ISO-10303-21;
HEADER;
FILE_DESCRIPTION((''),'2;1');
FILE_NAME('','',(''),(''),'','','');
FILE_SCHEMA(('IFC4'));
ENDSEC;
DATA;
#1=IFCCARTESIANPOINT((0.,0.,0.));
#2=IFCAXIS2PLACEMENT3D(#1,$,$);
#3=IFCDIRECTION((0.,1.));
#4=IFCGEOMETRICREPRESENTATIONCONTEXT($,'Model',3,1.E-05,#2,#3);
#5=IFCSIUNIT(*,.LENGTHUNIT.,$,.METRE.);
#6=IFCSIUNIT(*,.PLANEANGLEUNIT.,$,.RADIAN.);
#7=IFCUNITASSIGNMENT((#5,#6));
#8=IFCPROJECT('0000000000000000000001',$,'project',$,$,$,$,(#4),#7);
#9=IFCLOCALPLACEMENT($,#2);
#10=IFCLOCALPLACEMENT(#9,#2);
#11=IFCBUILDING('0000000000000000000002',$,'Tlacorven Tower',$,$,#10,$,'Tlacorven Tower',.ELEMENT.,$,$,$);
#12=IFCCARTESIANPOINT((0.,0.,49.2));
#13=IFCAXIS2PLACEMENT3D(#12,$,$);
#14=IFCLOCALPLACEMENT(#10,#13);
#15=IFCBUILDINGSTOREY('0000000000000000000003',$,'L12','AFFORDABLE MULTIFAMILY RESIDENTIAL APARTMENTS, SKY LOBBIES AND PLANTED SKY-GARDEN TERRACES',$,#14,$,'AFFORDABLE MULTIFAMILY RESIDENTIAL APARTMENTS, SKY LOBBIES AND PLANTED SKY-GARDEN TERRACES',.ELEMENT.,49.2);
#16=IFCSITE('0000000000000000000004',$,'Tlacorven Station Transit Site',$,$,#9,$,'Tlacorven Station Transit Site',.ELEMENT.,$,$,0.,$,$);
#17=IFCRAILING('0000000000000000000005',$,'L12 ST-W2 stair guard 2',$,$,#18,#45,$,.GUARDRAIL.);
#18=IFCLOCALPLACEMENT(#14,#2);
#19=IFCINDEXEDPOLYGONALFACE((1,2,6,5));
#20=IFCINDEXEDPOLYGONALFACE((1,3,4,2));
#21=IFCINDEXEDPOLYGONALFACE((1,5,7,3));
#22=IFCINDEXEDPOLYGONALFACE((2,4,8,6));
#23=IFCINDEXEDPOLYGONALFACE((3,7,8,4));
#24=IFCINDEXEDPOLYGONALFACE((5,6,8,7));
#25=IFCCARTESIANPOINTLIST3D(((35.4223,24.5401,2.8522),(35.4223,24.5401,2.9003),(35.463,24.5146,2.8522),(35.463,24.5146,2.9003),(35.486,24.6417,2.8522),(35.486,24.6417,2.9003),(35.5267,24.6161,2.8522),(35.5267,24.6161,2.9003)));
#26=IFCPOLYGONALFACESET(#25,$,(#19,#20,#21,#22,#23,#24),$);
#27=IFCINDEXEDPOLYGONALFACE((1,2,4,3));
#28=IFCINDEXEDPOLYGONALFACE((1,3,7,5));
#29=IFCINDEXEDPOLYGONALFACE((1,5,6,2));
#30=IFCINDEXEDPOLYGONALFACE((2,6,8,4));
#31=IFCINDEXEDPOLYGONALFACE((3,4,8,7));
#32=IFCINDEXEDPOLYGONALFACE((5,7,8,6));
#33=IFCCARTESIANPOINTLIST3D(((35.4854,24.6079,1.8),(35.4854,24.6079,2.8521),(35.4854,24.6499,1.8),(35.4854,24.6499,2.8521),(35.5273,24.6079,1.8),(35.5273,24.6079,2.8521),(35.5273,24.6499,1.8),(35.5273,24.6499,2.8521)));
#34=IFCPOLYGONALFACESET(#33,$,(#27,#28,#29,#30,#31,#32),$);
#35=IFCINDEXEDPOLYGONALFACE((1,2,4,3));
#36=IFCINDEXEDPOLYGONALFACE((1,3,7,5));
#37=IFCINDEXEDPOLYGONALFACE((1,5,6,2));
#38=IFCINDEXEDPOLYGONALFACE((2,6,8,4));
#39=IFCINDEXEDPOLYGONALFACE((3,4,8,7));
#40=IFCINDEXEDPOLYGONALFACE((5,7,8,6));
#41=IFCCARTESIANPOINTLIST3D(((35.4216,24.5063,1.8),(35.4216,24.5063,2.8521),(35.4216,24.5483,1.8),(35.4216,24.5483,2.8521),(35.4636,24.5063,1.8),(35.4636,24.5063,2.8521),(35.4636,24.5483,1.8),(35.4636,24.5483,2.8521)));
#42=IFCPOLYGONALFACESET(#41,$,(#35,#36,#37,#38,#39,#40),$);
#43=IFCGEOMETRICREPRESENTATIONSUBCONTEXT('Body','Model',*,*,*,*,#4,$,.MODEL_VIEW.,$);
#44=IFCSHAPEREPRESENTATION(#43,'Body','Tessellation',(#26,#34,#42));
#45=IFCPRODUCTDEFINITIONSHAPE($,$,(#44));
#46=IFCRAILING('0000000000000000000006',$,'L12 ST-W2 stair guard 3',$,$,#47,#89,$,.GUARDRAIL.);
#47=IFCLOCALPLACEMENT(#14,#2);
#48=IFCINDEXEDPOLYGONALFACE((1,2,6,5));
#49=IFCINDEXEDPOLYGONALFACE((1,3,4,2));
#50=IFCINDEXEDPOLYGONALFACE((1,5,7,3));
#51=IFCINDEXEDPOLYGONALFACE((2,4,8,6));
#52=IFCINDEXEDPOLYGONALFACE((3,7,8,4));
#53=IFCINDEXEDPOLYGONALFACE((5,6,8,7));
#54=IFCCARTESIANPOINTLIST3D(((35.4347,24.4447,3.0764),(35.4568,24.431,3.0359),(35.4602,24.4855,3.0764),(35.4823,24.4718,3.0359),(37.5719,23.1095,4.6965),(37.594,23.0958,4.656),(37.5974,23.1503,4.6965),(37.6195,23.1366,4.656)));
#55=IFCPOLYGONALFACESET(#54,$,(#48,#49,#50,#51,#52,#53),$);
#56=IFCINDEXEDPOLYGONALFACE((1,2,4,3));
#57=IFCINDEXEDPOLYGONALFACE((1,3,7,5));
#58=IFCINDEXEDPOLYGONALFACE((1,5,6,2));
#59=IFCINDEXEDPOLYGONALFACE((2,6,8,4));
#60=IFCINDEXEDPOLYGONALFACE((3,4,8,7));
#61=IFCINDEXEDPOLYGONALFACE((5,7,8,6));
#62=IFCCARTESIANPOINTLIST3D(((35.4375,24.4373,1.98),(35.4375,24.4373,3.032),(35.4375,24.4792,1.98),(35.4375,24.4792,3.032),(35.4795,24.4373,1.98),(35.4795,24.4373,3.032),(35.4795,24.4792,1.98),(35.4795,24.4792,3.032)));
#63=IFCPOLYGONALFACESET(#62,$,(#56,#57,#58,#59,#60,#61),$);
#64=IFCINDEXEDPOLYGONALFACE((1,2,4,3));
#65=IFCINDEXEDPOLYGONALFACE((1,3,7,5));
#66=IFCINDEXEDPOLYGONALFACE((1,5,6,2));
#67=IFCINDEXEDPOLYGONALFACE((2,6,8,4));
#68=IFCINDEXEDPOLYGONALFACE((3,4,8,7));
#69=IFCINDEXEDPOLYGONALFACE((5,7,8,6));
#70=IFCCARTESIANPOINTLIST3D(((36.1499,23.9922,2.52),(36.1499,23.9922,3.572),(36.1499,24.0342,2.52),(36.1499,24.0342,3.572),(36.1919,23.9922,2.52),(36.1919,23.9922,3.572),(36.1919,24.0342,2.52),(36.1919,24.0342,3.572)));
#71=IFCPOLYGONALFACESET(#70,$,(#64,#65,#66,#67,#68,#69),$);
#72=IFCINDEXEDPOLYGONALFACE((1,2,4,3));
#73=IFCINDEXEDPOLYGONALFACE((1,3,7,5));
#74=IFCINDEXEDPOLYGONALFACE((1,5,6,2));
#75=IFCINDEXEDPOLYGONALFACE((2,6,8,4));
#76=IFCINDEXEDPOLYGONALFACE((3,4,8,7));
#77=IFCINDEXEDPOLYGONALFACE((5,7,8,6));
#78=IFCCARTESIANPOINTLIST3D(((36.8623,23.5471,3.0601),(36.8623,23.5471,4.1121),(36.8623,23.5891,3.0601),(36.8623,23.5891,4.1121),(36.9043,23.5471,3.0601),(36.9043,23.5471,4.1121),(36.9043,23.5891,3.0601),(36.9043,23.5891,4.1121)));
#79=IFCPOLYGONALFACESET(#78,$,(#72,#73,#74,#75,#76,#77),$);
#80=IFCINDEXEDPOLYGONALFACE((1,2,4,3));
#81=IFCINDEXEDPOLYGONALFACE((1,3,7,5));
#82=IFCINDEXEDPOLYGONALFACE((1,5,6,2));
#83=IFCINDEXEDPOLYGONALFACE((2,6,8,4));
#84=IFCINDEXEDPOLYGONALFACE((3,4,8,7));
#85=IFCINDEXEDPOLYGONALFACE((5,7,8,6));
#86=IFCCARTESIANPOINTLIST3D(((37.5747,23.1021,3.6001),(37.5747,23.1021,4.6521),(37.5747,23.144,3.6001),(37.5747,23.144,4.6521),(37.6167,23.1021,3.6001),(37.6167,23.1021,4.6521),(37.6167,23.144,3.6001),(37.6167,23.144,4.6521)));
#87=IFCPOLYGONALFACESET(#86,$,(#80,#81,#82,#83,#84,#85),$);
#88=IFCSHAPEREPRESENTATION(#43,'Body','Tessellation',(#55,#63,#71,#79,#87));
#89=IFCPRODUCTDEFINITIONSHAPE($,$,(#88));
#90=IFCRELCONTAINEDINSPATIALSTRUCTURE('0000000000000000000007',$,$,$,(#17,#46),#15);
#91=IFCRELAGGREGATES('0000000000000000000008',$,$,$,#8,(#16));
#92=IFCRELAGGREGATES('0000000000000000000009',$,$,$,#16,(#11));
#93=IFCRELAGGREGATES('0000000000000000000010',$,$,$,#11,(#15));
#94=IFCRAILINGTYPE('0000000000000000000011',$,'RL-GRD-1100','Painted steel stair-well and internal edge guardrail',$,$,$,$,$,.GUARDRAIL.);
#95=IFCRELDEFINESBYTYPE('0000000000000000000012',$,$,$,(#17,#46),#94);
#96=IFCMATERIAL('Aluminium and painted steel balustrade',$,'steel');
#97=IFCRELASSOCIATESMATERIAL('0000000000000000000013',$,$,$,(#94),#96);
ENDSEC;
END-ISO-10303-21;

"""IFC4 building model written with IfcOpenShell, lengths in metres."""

from ifc_helpers import new_model, si_unit, direction, frame, origin, origin_2d, place, context, subcontext, project, spatial, rectangle, extrude, source, transform, mapped, material, type_object, element, save


model = new_model("IFC4")

# Units and contexts
model_context = context("Model", 3, precision=1e-05, world=origin(), true_north=direction((0.0, 1.0)))
body_context = subcontext(model_context, "Body", "Model", "MODEL_VIEW")
ifc_project = project(units=[si_unit("LENGTHUNIT", "METRE"), si_unit("PLANEANGLEUNIT", "RADIAN")], contexts=[model_context])

# Site, building, storey
site_placement = place(None, origin())
site = spatial("IfcSite", under=ifc_project, at=site_placement, Name="Tlacorven Station Transit Site", LongName="Tlacorven Station Transit Site", CompositionType="ELEMENT", RefElevation=0.0)
building_placement = place(site_placement, origin())
building = spatial("IfcBuilding", under=site, at=building_placement, Name="Tlacorven Tower", LongName="Tlacorven Tower", CompositionType="ELEMENT")
storey_placement = place(building_placement, frame((0.0, 0.0, 49.2)))
storey = spatial("IfcBuildingStorey", under=building, at=storey_placement, Name="L12", Description="AFFORDABLE MULTIFAMILY RESIDENTIAL APARTMENTS, SKY LOBBIES AND PLANTED SKY-GARDEN TERRACES", LongName="AFFORDABLE MULTIFAMILY RESIDENTIAL APARTMENTS, SKY LOBBIES AND PLANTED SKY-GARDEN TERRACES", CompositionType="ELEMENT", Elevation=49.2)

# Railings
ifc_material_1 = material(Name="Aluminium and painted steel balustrade", Category="steel")
railing_type_1 = type_object("IfcRailingType", Name="RL-GRD-1100", Description="Painted steel stair-well and internal edge guardrail", PredefinedType="GUARDRAIL", material=ifc_material_1)
shared_shape_1 = source(origin(), body_context, "Body", "SweptSolid", [
    extrude(rectangle(XDim=0.0481, YDim=0.0481, at=origin_2d()), frame((0.0, 0.0, 1.0762), z_axis=(-0.531462, -0.847082, 0.0), x_axis=(0.847082, -0.531462, 0.0)), (0.0, 0.0, 1.0), 0.1199),
    extrude(rectangle(XDim=0.042, YDim=0.042, at=origin_2d()), origin(), (0.0, 0.0, 1.0), 1.052),
    extrude(rectangle(XDim=0.042, YDim=0.042, at=origin_2d()), frame((-0.0637, -0.1016, 0.0)), (0.0, 0.0, 1.0), 1.052),
])
railing_1_placement = place(storey_placement, frame((35.5063, 24.6289, 1.8)))
element("IfcRailing", 1, at=railing_1_placement, inside=storey, type_object=railing_type_1, Name="L12 ST-W2 stair guard 2", PredefinedType="GUARDRAIL", context=body_context, shape_type="MappedRepresentation", body=[
    mapped(shared_shape_1, transform((0.0, 0.0, 0.0), scale=1.0)),
])
shared_shape_2 = source(origin(), body_context, "Body", "SweptSolid", [
    extrude(rectangle(XDim=0.0481, YDim=0.0481, at=origin_2d()), frame((0.0, 0.0, 1.0762), z_axis=(0.713386, -0.445683, 0.540784), x_axis=(0.529842, 0.848096, 0.0)), (0.0, 0.0, 1.0), 2.9958),
    extrude(rectangle(XDim=0.042, YDim=0.042, at=origin_2d()), origin(), (0.0, 0.0, 1.0), 1.052),
    extrude(rectangle(XDim=0.042, YDim=0.042, at=origin_2d()), frame((0.7124, -0.4451, 0.54)), (0.0, 0.0, 1.0), 1.052),
    extrude(rectangle(XDim=0.042, YDim=0.042, at=origin_2d()), frame((1.4248, -0.8901, 1.0801)), (0.0, 0.0, 1.0), 1.052),
    extrude(rectangle(XDim=0.042, YDim=0.042, at=origin_2d()), frame((2.1372, -1.3352, 1.6201)), (0.0, 0.0, 1.0), 1.052),
])
railing_2_placement = place(storey_placement, frame((35.4585, 24.4583, 1.98)))
element("IfcRailing", 2, at=railing_2_placement, inside=storey, type_object=railing_type_1, Name="L12 ST-W2 stair guard 3", PredefinedType="GUARDRAIL", context=body_context, shape_type="MappedRepresentation", body=[
    mapped(shared_shape_2, transform((0.0, 0.0, 0.0), scale=1.0)),
])

save(model, "model.ifc")
